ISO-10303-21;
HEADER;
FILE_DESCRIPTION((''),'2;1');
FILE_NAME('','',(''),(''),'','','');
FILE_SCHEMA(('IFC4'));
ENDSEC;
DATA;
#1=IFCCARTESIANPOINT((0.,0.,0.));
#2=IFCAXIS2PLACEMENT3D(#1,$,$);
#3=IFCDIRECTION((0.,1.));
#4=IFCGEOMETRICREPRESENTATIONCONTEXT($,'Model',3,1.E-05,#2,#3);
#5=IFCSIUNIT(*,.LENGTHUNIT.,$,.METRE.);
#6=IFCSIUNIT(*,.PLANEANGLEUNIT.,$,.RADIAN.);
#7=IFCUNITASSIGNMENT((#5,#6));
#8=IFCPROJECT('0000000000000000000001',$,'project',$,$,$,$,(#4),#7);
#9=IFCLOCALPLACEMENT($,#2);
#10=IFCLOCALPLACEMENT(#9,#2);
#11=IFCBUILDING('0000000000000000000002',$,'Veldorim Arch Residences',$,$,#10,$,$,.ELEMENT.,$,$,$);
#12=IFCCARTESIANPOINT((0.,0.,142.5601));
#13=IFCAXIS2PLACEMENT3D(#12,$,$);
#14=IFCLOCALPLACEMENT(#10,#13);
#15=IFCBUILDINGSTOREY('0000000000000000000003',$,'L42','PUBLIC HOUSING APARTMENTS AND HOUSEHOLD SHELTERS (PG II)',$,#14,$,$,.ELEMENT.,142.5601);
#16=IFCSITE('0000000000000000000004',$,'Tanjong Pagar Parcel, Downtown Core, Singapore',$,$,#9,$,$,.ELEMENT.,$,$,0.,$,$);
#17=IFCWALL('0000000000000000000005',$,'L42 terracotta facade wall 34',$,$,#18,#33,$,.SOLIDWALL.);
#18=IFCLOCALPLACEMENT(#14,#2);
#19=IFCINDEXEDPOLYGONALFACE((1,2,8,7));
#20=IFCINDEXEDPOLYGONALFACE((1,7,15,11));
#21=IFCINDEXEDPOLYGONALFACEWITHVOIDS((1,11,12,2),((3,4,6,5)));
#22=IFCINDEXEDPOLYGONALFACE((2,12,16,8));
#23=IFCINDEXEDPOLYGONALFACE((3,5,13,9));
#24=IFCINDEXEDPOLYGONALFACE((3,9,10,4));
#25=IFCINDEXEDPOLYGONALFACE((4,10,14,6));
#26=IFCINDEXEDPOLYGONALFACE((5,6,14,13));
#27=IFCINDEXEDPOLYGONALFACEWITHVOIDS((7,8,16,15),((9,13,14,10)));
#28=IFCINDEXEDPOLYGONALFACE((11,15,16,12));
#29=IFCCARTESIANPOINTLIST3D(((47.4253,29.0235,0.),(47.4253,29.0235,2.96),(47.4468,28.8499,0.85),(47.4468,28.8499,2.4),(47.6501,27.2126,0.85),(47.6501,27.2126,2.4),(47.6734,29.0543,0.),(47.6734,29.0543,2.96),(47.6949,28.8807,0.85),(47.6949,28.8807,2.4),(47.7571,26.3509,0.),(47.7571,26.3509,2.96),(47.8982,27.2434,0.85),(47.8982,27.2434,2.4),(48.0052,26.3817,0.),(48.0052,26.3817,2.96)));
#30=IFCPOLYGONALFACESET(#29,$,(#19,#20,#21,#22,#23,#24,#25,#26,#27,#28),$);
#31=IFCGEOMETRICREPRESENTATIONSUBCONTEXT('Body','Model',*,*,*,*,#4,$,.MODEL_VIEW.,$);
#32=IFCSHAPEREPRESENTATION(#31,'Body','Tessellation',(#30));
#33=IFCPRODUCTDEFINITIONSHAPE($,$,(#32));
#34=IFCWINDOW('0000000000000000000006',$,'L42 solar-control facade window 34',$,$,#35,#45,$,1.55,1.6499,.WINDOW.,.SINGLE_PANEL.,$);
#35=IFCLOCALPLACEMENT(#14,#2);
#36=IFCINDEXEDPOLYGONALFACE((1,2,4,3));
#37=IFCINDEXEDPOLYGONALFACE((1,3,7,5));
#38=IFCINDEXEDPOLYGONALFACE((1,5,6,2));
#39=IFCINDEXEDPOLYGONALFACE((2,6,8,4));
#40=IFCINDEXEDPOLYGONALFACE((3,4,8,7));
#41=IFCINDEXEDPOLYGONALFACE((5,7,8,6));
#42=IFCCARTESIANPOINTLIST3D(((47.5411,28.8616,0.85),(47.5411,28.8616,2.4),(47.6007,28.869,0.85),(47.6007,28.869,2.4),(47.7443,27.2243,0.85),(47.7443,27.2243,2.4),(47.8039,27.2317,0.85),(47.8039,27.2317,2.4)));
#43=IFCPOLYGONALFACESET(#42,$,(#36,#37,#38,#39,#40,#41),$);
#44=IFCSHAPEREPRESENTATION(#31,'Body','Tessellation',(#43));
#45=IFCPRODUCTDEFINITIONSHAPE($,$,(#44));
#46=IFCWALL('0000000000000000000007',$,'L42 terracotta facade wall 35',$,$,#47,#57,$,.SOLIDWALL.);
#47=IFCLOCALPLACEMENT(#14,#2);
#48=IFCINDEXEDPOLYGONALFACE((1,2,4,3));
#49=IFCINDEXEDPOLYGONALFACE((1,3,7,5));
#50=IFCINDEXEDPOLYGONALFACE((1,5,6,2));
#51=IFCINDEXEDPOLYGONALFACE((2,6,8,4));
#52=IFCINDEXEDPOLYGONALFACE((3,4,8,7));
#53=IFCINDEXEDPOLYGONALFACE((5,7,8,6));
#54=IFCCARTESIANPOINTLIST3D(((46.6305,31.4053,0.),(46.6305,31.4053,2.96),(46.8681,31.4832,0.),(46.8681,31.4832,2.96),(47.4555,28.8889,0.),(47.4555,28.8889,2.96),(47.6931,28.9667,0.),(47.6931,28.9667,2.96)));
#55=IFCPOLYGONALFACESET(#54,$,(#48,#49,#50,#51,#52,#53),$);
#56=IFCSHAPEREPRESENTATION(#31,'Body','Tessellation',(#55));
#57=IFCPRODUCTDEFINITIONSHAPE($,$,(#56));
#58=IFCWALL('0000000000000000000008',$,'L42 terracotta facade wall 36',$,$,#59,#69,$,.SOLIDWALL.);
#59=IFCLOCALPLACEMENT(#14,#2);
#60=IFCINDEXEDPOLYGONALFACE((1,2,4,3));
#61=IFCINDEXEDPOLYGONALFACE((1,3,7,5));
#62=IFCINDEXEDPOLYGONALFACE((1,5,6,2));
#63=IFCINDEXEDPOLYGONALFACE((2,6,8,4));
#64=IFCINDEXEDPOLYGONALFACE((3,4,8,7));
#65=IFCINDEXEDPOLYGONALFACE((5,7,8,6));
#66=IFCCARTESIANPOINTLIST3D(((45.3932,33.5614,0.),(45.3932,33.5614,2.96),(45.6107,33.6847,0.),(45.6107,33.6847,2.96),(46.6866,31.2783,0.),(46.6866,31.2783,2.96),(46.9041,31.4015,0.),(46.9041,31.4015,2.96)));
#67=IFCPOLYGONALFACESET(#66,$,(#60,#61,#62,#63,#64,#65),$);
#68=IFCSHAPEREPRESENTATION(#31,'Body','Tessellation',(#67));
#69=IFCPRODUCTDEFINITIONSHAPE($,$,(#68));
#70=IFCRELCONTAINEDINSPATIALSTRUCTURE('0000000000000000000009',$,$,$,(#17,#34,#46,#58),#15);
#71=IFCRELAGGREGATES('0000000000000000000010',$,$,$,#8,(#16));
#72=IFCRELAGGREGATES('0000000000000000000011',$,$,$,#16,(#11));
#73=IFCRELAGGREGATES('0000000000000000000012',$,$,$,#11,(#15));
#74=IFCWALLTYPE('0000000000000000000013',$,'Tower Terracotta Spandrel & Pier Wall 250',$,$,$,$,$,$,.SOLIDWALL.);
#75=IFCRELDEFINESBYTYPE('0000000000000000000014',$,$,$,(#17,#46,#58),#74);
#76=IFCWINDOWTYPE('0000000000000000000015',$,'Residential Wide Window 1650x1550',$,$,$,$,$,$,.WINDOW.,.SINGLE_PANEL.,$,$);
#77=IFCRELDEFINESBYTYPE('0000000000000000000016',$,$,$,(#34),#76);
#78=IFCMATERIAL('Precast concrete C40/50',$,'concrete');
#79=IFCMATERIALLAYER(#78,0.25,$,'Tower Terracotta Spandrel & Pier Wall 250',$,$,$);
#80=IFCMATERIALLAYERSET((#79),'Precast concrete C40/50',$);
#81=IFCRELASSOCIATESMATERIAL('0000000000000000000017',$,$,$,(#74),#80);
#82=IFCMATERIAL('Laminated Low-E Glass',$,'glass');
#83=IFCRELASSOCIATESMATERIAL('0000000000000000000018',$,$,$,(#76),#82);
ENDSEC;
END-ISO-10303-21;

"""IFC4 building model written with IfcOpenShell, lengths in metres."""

from ifc_helpers import new_model, si_unit, direction, frame, frame_2d, origin, place, context, subcontext, project, spatial, rectangle, extrude, material, layer, layer_set, type_object, element, fill, save


model = new_model("IFC4")

# Units and contexts
model_context = context("Model", 3, precision=1e-05, world=origin(), true_north=direction((0.0, 1.0)))
body_context = subcontext(model_context, "Body", "Model", "MODEL_VIEW")
ifc_project = project(units=[si_unit("LENGTHUNIT", "METRE"), si_unit("PLANEANGLEUNIT", "RADIAN")], contexts=[model_context])

# Site, building, storey
site_placement = place(None, origin())
site = spatial("IfcSite", under=ifc_project, at=site_placement, Name="Tanjong Pagar Parcel, Downtown Core, Singapore", CompositionType="ELEMENT", RefElevation=0.0)
building_placement = place(site_placement, origin())
building = spatial("IfcBuilding", under=site, at=building_placement, Name="Veldorim Arch Residences", CompositionType="ELEMENT")
storey_placement = place(building_placement, frame((0.0, 0.0, 142.5601)))
storey = spatial("IfcBuildingStorey", under=building, at=storey_placement, Name="L42", Description="PUBLIC HOUSING APARTMENTS AND HOUSEHOLD SHELTERS (PG II)", CompositionType="ELEMENT", Elevation=142.5601)

# Wall, opening, window
ifc_material_1 = material(Name="Precast concrete C40/50", Category="concrete")
ifc_layer_1 = layer(ifc_material_1, 0.25, Name="Tower Terracotta Spandrel & Pier Wall 250")
ifc_layer_set_1 = layer_set([ifc_layer_1], Name="Precast concrete C40/50")
wall_type_1 = type_object("IfcWallType", Name="Tower Terracotta Spandrel & Pier Wall 250", PredefinedType="SOLIDWALL", material=ifc_layer_set_1)
ifc_material_2 = material(Name="Laminated Low-E Glass", Category="glass")
window_type = type_object("IfcWindowType", Name="Residential Wide Window 1650x1550", PartitioningType="SINGLE_PANEL", PredefinedType="WINDOW", material=ifc_material_2)
wall_1_placement = place(storey_placement, frame((47.5493, 29.0391, 0.0), z_axis=(0.0, 0.0, 1.0), x_axis=(0.123198, -0.992382, 0.0)))
wall_1 = element("IfcWall", 1, at=wall_1_placement, inside=storey, type_object=wall_type_1, Name="L42 terracotta facade wall 34", PredefinedType="SOLIDWALL", context=body_context, shape_type="SweptSolid", body=[
    extrude(rectangle(XDim=2.6931, YDim=0.25, at=frame_2d((1.3467, 0.0))), origin(), (0.0, 0.0, 1.0), 2.96),
])
opening_1_placement = place(wall_1_placement, frame((0.175, 0.0, 0.8501)))
opening_1 = element("IfcOpeningElement", 2, at=opening_1_placement, cuts=wall_1, PredefinedType="OPENING", context=body_context, shape_type="SweptSolid", body=[
    extrude(rectangle(XDim=1.6499, YDim=1.55, at=frame_2d((0.825, 0.7749))), frame((0.0, 0.135, 0.0), z_axis=(0.0, -1.0, 0.0), x_axis=(1.0, 0.0, 0.0)), (0.0, 0.0, 1.0), 0.27),
])
window_1_placement = place(opening_1_placement, origin())
window_1 = element("IfcWindow", 3, at=window_1_placement, inside=storey, type_object=window_type, Name="L42 solar-control facade window 34", OverallHeight=1.55, OverallWidth=1.6499, PartitioningType="SINGLE_PANEL", PredefinedType="WINDOW", context=body_context, shape_type="SweptSolid", body=[
    extrude(rectangle(XDim=1.6499, YDim=1.55, at=frame_2d((0.825, 0.7749))), frame((0.0, 0.03, 0.0), z_axis=(0.0, -1.0, 0.0), x_axis=(1.0, 0.0, 0.0)), (0.0, 0.0, 1.0), 0.0601),
])
fill(opening_1, window_1)

# Walls
wall_2_placement = place(storey_placement, frame((46.7493, 31.4443, 0.0), z_axis=(0.0, 0.0, 1.0), x_axis=(0.311522, -0.950239, 0.0)))
element("IfcWall", 4, at=wall_2_placement, inside=storey, type_object=wall_type_1, Name="L42 terracotta facade wall 35", PredefinedType="SOLIDWALL", context=body_context, shape_type="SweptSolid", body=[
    extrude(rectangle(XDim=2.6482, YDim=0.25, at=frame_2d((1.3242, 0.0))), origin(), (0.0, 0.0, 1.0), 2.96),
])
wall_3_placement = place(storey_placement, frame((45.502, 33.623, 0.0), z_axis=(0.0, 0.0, 1.0), x_axis=(0.492909, -0.870081, 0.0)))
element("IfcWall", 5, at=wall_3_placement, inside=storey, type_object=wall_type_1, Name="L42 terracotta facade wall 36", PredefinedType="SOLIDWALL", context=body_context, shape_type="SweptSolid", body=[
    extrude(rectangle(XDim=2.624, YDim=0.25, at=frame_2d((1.312, 0.0))), origin(), (0.0, 0.0, 1.0), 2.96),
])

save(model, "model.ifc")
